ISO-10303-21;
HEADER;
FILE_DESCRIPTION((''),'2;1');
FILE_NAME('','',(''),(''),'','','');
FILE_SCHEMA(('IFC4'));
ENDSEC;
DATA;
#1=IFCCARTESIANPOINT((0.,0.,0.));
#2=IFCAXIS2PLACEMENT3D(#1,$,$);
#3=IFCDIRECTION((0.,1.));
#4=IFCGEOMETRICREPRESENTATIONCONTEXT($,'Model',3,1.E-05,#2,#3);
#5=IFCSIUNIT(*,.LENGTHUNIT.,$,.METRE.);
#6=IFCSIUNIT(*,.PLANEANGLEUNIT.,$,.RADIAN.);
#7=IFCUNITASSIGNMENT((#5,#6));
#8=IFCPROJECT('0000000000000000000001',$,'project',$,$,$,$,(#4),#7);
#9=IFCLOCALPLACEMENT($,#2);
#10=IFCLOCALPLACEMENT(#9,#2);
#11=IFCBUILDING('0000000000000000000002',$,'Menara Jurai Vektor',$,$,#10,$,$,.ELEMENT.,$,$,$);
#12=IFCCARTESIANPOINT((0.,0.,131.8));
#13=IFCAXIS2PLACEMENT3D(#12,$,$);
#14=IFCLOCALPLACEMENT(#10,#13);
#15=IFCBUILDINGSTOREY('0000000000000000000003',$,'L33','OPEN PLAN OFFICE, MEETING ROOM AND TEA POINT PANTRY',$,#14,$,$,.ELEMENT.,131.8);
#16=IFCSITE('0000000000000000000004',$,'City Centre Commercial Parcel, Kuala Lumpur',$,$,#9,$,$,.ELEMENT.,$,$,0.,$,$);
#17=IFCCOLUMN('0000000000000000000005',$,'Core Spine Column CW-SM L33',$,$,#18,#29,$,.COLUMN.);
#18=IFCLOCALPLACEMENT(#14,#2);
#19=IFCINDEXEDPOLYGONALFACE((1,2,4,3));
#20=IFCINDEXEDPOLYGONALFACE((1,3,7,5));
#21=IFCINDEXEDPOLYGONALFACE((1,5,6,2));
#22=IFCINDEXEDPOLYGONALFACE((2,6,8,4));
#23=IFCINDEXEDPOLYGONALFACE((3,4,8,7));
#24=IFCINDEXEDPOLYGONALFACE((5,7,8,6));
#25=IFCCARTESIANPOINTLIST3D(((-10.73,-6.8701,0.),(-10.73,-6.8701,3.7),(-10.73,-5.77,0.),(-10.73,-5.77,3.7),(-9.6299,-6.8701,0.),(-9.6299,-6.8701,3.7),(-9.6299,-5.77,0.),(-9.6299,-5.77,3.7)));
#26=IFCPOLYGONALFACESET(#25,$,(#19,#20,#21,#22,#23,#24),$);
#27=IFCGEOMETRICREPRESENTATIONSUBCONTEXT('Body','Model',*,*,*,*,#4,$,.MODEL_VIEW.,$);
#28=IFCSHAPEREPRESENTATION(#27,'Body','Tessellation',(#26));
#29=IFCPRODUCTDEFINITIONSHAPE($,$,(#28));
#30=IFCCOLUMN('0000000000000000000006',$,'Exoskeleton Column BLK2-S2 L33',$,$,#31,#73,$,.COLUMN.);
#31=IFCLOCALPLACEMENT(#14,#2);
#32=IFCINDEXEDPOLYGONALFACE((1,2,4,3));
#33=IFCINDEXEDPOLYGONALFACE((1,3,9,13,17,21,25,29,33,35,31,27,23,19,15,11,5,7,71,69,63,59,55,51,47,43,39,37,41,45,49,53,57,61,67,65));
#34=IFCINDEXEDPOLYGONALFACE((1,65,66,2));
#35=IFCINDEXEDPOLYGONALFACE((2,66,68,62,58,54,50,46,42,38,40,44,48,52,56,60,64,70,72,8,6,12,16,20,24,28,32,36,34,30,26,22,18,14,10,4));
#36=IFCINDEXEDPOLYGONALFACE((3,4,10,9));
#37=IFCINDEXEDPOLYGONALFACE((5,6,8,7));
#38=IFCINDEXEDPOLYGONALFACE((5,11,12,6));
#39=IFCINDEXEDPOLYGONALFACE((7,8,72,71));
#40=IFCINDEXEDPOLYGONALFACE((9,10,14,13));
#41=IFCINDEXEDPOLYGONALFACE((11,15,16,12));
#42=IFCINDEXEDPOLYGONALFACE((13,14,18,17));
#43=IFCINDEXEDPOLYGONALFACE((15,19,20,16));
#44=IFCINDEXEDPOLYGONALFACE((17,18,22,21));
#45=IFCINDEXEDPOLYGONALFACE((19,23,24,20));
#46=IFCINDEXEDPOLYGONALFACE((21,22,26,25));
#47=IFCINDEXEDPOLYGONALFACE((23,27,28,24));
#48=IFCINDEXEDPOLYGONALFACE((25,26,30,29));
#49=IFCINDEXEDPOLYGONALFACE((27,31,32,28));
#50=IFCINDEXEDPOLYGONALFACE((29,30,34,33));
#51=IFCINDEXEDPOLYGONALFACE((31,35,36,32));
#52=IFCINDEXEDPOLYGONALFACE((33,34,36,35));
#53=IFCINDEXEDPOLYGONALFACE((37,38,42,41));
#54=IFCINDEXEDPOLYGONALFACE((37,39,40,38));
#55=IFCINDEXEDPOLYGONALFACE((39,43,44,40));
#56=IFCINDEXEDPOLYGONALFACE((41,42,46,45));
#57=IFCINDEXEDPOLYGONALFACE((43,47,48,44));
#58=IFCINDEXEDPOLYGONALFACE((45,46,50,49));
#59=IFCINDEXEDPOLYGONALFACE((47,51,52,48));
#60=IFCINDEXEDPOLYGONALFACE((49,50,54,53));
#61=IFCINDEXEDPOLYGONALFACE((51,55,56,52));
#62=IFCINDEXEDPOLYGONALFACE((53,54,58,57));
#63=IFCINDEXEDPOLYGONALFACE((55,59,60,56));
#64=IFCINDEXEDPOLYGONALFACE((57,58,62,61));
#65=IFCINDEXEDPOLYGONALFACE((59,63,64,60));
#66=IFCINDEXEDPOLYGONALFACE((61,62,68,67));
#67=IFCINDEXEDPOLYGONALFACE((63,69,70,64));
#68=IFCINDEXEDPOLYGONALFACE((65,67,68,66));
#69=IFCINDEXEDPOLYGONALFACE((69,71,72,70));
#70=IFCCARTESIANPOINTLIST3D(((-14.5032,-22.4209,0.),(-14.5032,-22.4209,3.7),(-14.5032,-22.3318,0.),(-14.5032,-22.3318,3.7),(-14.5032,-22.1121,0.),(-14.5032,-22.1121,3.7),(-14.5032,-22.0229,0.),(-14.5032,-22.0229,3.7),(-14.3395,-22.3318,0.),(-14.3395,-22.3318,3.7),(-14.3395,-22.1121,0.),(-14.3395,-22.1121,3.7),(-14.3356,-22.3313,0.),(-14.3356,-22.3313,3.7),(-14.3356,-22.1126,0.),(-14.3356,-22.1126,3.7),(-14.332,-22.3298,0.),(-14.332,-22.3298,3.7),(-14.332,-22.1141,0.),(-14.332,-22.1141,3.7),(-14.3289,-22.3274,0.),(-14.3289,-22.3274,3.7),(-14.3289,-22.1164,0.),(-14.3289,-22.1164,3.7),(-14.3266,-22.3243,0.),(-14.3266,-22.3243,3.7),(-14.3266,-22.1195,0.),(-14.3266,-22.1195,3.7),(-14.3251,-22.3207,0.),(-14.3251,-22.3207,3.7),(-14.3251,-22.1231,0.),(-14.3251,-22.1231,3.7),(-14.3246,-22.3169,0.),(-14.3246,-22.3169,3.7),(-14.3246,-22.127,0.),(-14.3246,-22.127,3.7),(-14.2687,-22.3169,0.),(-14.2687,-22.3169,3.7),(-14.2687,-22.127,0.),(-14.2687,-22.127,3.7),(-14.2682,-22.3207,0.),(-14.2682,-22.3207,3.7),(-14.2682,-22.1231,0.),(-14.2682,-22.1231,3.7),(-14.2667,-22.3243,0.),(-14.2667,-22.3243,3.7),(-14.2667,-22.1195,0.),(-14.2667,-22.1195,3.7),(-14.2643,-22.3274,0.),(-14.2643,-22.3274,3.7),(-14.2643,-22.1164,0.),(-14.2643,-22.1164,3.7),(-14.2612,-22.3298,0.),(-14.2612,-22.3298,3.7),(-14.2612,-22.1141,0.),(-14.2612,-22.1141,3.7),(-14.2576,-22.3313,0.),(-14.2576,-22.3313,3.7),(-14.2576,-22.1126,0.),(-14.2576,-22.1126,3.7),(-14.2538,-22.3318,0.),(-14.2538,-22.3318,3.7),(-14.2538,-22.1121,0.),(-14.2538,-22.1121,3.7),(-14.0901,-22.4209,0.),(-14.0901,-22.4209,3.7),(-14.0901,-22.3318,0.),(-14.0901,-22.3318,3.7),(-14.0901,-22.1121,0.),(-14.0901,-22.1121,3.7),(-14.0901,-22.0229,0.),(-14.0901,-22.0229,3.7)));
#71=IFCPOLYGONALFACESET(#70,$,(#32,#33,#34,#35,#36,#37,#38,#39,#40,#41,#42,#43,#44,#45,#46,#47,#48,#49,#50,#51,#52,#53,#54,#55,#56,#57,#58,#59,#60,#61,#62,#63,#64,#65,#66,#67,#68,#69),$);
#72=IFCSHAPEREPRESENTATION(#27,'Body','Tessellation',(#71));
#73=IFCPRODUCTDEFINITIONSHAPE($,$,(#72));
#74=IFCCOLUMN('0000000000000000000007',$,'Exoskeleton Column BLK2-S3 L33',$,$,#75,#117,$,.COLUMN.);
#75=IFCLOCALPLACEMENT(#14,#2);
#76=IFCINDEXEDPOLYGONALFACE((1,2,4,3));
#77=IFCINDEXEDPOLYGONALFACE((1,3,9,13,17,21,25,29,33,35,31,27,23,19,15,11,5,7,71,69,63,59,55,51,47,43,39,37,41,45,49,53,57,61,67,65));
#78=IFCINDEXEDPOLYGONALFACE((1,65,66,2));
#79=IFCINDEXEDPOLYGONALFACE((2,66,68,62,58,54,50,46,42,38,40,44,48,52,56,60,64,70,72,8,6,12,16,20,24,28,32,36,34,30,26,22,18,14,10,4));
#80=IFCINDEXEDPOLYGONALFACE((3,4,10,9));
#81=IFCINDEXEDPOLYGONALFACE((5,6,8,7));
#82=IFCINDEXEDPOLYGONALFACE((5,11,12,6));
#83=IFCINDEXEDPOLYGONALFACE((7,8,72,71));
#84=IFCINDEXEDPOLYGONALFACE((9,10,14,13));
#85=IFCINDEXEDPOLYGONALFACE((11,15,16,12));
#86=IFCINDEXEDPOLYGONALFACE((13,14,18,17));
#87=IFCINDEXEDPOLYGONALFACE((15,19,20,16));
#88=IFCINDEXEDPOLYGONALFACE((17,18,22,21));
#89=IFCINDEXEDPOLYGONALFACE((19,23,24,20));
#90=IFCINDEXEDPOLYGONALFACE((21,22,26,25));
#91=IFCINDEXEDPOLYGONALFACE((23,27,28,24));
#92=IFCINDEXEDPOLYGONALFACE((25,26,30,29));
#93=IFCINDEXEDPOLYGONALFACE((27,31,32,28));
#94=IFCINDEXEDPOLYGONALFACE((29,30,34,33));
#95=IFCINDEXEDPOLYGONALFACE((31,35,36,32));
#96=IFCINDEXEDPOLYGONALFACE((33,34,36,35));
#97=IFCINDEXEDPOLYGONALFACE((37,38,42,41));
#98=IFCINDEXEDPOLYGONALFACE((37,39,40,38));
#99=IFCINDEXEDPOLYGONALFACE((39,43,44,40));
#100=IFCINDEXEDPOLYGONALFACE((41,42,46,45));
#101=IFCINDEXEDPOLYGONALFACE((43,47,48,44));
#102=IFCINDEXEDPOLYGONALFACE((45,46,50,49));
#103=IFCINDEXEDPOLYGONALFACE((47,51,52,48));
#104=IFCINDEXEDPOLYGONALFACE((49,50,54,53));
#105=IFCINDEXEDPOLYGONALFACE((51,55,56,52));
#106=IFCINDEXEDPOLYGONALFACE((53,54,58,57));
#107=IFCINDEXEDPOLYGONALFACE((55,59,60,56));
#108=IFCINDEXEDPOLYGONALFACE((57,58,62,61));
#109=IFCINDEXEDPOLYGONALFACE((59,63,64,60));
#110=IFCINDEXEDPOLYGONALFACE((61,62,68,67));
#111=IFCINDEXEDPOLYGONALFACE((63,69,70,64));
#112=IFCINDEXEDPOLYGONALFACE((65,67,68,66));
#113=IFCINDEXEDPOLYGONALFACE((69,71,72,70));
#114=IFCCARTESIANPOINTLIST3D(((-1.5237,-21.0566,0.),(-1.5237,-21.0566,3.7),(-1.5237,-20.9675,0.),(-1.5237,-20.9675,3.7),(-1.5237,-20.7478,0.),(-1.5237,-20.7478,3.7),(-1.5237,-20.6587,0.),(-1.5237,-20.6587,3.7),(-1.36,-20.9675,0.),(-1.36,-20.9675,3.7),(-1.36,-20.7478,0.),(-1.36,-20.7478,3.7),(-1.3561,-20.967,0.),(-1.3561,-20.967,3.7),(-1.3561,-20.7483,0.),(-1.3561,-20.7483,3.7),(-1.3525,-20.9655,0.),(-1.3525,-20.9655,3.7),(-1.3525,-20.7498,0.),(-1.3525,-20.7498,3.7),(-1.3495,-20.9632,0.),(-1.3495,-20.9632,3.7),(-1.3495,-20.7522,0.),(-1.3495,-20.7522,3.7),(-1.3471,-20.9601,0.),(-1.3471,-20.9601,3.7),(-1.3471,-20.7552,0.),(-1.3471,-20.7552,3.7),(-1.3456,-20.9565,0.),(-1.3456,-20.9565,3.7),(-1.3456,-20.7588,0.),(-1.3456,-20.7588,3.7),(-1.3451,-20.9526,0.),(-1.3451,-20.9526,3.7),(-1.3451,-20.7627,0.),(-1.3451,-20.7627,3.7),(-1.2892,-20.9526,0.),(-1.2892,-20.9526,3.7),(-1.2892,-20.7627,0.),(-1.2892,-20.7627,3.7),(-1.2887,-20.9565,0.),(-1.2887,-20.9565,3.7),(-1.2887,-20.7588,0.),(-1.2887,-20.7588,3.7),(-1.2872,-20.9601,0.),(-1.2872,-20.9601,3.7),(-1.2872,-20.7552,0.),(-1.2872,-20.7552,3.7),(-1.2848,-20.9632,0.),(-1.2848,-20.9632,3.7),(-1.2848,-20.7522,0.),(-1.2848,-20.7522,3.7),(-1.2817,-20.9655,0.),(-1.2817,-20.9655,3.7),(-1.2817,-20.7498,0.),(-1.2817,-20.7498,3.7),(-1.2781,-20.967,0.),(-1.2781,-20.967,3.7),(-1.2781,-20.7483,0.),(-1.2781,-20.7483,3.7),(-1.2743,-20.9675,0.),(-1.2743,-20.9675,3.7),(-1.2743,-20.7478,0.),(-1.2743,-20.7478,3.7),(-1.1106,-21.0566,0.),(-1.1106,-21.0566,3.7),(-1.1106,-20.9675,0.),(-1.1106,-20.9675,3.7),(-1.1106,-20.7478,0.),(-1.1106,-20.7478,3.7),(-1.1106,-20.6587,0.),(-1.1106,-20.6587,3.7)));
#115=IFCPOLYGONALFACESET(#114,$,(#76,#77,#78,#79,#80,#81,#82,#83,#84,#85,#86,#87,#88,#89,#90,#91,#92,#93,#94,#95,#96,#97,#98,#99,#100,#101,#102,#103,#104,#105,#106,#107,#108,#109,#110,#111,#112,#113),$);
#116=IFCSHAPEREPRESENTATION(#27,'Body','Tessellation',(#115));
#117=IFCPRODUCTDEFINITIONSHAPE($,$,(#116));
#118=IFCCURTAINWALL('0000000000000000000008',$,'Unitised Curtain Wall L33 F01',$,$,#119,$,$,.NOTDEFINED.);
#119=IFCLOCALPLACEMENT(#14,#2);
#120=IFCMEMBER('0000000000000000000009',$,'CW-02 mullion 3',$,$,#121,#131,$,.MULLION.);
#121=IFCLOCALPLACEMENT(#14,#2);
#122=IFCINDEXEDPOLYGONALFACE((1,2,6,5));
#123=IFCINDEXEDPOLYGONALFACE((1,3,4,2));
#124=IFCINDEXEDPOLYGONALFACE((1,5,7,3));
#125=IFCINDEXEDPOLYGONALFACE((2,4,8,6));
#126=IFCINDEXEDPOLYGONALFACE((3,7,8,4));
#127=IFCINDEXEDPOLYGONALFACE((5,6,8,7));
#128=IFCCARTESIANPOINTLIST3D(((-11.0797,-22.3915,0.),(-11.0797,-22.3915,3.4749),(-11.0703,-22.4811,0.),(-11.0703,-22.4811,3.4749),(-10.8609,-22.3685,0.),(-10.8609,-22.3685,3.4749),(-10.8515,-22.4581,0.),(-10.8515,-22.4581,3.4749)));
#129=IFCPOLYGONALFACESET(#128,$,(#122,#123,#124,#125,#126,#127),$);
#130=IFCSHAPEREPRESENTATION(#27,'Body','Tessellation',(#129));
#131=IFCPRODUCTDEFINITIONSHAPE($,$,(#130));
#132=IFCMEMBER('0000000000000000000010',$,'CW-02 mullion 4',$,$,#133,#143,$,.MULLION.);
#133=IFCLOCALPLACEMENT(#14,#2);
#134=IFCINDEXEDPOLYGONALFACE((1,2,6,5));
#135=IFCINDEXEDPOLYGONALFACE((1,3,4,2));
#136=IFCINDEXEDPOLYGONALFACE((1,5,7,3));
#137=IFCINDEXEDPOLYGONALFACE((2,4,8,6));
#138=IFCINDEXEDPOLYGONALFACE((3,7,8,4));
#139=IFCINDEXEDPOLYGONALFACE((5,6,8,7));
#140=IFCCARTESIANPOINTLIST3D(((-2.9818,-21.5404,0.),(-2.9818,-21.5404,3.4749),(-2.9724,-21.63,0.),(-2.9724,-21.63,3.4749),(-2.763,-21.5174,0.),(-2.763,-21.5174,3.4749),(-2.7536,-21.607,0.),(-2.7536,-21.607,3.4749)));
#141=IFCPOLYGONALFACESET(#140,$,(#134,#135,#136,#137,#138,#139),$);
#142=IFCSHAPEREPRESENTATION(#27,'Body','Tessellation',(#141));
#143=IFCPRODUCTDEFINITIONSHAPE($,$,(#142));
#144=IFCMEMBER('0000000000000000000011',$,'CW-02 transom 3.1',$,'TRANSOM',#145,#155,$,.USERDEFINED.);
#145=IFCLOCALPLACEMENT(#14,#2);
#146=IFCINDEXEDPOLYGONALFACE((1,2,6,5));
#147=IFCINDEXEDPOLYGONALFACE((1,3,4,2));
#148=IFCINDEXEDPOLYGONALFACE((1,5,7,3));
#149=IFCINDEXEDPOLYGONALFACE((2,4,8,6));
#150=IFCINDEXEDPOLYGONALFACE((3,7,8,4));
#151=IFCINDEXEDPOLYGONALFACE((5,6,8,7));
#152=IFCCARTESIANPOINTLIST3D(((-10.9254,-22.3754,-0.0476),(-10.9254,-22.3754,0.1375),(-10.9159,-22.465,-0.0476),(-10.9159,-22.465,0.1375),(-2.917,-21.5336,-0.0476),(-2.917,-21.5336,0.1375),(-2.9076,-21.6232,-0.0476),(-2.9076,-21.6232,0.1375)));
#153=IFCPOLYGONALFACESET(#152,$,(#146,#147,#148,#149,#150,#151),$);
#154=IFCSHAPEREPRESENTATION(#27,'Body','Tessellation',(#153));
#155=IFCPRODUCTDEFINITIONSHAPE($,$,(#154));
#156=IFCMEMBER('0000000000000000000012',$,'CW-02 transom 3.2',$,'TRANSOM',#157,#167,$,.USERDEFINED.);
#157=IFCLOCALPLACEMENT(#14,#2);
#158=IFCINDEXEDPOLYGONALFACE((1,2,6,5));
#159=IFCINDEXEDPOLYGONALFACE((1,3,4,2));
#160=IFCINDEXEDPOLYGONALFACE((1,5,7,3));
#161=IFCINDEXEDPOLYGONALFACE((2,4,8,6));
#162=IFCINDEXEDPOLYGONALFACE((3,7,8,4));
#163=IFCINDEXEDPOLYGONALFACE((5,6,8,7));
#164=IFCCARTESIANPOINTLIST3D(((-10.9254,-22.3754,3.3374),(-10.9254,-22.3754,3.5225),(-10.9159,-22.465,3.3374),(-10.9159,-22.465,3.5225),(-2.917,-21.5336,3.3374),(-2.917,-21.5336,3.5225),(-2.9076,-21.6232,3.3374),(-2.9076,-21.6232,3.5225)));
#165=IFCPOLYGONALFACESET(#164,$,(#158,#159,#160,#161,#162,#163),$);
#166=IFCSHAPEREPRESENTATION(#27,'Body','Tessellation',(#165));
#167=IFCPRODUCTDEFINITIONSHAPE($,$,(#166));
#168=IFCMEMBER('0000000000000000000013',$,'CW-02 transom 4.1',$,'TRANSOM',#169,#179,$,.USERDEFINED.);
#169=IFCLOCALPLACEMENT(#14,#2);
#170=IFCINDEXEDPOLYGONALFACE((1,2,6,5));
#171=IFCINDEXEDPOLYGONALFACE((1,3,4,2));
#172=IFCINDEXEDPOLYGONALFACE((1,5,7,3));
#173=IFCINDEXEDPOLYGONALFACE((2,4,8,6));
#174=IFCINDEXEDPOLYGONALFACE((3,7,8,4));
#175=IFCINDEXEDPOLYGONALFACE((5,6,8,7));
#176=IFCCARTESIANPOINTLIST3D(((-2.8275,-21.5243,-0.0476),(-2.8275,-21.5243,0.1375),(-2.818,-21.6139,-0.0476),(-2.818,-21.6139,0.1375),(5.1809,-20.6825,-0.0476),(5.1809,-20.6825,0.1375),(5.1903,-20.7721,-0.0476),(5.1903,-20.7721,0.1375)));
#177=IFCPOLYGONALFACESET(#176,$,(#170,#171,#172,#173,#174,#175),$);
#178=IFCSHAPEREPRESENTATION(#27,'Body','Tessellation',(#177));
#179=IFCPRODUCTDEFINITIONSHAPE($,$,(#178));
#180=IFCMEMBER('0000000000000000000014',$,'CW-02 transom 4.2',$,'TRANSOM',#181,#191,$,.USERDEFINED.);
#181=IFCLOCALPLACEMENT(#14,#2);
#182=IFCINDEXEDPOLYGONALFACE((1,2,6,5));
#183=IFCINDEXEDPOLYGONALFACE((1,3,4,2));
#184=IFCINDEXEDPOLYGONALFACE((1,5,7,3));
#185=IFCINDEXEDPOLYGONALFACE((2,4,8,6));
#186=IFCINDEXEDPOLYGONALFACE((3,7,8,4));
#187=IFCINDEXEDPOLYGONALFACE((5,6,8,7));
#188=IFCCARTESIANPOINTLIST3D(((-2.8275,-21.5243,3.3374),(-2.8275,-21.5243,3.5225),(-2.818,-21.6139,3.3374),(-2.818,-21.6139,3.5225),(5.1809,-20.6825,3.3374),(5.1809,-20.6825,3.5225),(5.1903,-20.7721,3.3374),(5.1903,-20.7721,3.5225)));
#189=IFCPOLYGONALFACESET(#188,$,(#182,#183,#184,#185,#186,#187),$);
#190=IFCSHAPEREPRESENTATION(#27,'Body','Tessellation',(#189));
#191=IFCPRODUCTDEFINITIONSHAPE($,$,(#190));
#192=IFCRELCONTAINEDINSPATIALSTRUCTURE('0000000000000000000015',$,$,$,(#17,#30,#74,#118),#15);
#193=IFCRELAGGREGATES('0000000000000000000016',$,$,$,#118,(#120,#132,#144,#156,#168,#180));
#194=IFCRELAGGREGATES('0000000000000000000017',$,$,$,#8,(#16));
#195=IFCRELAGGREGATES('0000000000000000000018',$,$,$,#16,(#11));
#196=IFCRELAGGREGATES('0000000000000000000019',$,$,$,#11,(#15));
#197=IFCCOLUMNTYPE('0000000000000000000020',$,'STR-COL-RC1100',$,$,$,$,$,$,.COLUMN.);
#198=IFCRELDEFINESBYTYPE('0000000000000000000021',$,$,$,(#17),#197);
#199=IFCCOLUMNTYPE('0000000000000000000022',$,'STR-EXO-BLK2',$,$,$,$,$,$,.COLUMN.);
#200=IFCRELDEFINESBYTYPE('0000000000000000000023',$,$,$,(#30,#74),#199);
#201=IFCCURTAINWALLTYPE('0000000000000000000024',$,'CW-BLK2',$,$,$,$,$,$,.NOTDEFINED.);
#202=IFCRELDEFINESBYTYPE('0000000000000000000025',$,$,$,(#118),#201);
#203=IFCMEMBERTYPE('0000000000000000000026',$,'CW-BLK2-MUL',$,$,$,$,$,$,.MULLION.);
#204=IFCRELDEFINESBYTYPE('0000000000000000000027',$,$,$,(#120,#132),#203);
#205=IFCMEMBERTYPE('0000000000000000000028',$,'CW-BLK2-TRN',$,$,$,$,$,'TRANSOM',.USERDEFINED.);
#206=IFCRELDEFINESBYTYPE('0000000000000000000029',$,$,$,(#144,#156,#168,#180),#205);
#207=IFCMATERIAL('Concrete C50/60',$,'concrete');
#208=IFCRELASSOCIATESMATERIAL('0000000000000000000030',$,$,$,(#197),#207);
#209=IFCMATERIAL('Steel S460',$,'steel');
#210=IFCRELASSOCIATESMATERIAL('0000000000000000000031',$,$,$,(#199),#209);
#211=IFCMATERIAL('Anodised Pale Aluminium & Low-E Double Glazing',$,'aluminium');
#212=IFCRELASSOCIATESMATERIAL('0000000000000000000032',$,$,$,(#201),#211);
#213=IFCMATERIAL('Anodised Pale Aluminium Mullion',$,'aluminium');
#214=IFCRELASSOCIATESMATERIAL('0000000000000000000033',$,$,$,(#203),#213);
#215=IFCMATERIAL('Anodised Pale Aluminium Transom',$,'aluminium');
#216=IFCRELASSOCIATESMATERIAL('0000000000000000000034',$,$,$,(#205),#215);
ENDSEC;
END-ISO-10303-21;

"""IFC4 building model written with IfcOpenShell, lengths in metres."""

from ifc_helpers import new_model, si_unit, direction, frame, origin, origin_2d, place, context, subcontext, project, spatial, rectangle, i_section, extrude, material, material_profile, profile_set, type_object, element, aggregate, save


model = new_model("IFC4")

# Units and contexts
model_context = context("Model", 3, precision=1e-05, world=origin(), true_north=direction((0.0, 1.0)))
body_context = subcontext(model_context, "Body", "Model", "MODEL_VIEW")
ifc_project = project(units=[si_unit("LENGTHUNIT", "METRE"), si_unit("PLANEANGLEUNIT", "RADIAN")], contexts=[model_context])

# Site, building, storey
site_placement = place(None, origin())
site = spatial("IfcSite", under=ifc_project, at=site_placement, Name="City Centre Commercial Parcel, Kuala Lumpur", CompositionType="ELEMENT", RefElevation=0.0)
building_placement = place(site_placement, origin())
building = spatial("IfcBuilding", under=site, at=building_placement, Name="Menara Jurai Vektor", CompositionType="ELEMENT")
storey_placement = place(building_placement, frame((0.0, 0.0, 131.8)))
storey = spatial("IfcBuildingStorey", under=building, at=storey_placement, Name="L33", Description="OPEN PLAN OFFICE, MEETING ROOM AND TEA POINT PANTRY", CompositionType="ELEMENT", Elevation=131.8)

# Columns
ifc_material_1 = material(Name="Concrete C50/60", Category="concrete")
ifc_material_profile_1 = material_profile(ifc_material_1, rectangle(XDim=1.1001, YDim=1.1001, at=origin_2d()), Name="RC 1100x1100")
ifc_profile_set_1 = profile_set([ifc_material_profile_1], Name="Concrete C50/60")
column_type_1 = type_object("IfcColumnType", Name="STR-COL-RC1100", PredefinedType="COLUMN", material=ifc_profile_set_1)
column_placement = place(storey_placement, frame((-10.1799, -6.3201, 0.0), z_axis=(0.0, 0.0, 1.0), x_axis=(1.0, 0.0, 0.0)))
element("IfcColumn", 1, at=column_placement, inside=storey, type_object=column_type_1, Name="Core Spine Column CW-SM L33", PredefinedType="COLUMN", context=body_context, shape_type="SweptSolid", body=[
    extrude(rectangle(XDim=1.1001, YDim=1.1001, at=origin_2d()), origin(), (0.0, 0.0, 1.0), 3.7),
])
ifc_material_2 = material(Name="Steel S460", Category="steel")
ifc_material_profile_2 = material_profile(ifc_material_2, i_section(OverallWidth=0.4131, OverallDepth=0.3979, WebThickness=0.0559, FlangeThickness=0.0891, FilletRadius=0.0149, at=origin_2d()), Name="HD 400x744")
ifc_profile_set_2 = profile_set([ifc_material_profile_2], Name="Steel S460")
column_type_2 = type_object("IfcColumnType", Name="STR-EXO-BLK2", PredefinedType="COLUMN", material=ifc_profile_set_2)
for number, where, z_axis, x_axis, name in (
    (2, (-14.2966, -22.2219, 0.0), (0.0, 0.0, 1.0), (1.0, 0.0, 0.0), "Exoskeleton Column BLK2-S2 L33"),
    (3, (-1.3171, -20.8577, 0.0), (0.0, 0.0, 1.0), (1.0, 0.0, 0.0), "Exoskeleton Column BLK2-S3 L33"),
):
    element("IfcColumn", number, at=place(storey_placement, frame(where, z_axis=z_axis, x_axis=x_axis)), inside=storey, type_object=column_type_2, Name=name, PredefinedType="COLUMN", context=body_context, shape_type="SweptSolid", body=[
        extrude(i_section(OverallWidth=0.4131, OverallDepth=0.3979, WebThickness=0.0559, FlangeThickness=0.0891, FilletRadius=0.0149, at=origin_2d()), origin(), (0.0, 0.0, 1.0), 3.7),
    ])

# Curtain wall, members
ifc_material_3 = material(Name="Anodised Pale Aluminium & Low-E Double Glazing", Category="aluminium")
curtain_wall_type = type_object("IfcCurtainWallType", Name="CW-BLK2", PredefinedType="NOTDEFINED", material=ifc_material_3)
curtain_wall_placement = place(storey_placement, origin())
curtain_wall = element("IfcCurtainWall", 4, at=curtain_wall_placement, inside=storey, type_object=curtain_wall_type, Name="Unitised Curtain Wall L33 F01", PredefinedType="NOTDEFINED")
ifc_material_4 = material(Name="Anodised Pale Aluminium Mullion", Category="aluminium")
ifc_material_profile_3 = material_profile(ifc_material_4, rectangle(XDim=0.0901, YDim=0.22, at=origin_2d()), Name="ALU MUL 90x220")
ifc_profile_set_3 = profile_set([ifc_material_profile_3], Name="Anodised Pale Aluminium Mullion")
member_type_1 = type_object("IfcMemberType", Name="CW-BLK2-MUL", PredefinedType="MULLION", material=ifc_profile_set_3)
member_1_placement = place(storey_placement, frame((-10.9656, -22.4248, 0.0), z_axis=(0.0, 0.0, 1.0), x_axis=(-0.104529, 0.994522, 0.0)))
member_1 = element("IfcMember", 5, at=member_1_placement, type_object=member_type_1, Name="CW-02 mullion 3", PredefinedType="MULLION", context=body_context, shape_type="SweptSolid", body=[
    extrude(rectangle(XDim=0.0901, YDim=0.22, at=origin_2d()), origin(), (0.0, 0.0, 1.0), 3.4749),
])
member_2_placement = place(storey_placement, frame((-2.8677, -21.5737, 0.0), z_axis=(0.0, 0.0, 1.0), x_axis=(-0.104529, 0.994522, 0.0)))
member_2 = element("IfcMember", 6, at=member_2_placement, type_object=member_type_1, Name="CW-02 mullion 4", PredefinedType="MULLION", context=body_context, shape_type="SweptSolid", body=[
    extrude(rectangle(XDim=0.0901, YDim=0.22, at=origin_2d()), origin(), (0.0, 0.0, 1.0), 3.4749),
])
ifc_material_5 = material(Name="Anodised Pale Aluminium Transom", Category="aluminium")
ifc_material_profile_4 = material_profile(ifc_material_5, rectangle(XDim=0.0901, YDim=0.1851, at=origin_2d()), Name="ALU TRN 90x185")
ifc_profile_set_4 = profile_set([ifc_material_profile_4], Name="Anodised Pale Aluminium Transom")
member_type_2 = type_object("IfcMemberType", Name="CW-BLK2-TRN", ElementType="TRANSOM", PredefinedType="USERDEFINED", material=ifc_profile_set_4)
member_3_placement = place(storey_placement, frame((-10.9207, -22.4202, 0.0449), z_axis=(0.994521, 0.10454, 0.0), x_axis=(-0.10454, 0.994521, 0.0)))
member_3 = element("IfcMember", 7, at=member_3_placement, type_object=member_type_2, Name="CW-02 transom 3.1", ObjectType="TRANSOM", PredefinedType="USERDEFINED", context=body_context, shape_type="SweptSolid", body=[
    extrude(rectangle(XDim=0.0901, YDim=0.1851, at=origin_2d()), origin(), (0.0, 0.0, 1.0), 8.0525),
])
member_4_placement = place(storey_placement, frame((-10.9207, -22.4202, 3.4299), z_axis=(0.994521, 0.10454, 0.0), x_axis=(-0.10454, 0.994521, 0.0)))
member_4 = element("IfcMember", 8, at=member_4_placement, type_object=member_type_2, Name="CW-02 transom 3.2", ObjectType="TRANSOM", PredefinedType="USERDEFINED", context=body_context, shape_type="SweptSolid", body=[
    extrude(rectangle(XDim=0.0901, YDim=0.1851, at=origin_2d()), origin(), (0.0, 0.0, 1.0), 8.0525),
])
member_5_placement = place(storey_placement, frame((-2.8228, -21.5691, 0.0449), z_axis=(0.994521, 0.10454, 0.0), x_axis=(-0.10454, 0.994521, 0.0)))
member_5 = element("IfcMember", 9, at=member_5_placement, type_object=member_type_2, Name="CW-02 transom 4.1", ObjectType="TRANSOM", PredefinedType="USERDEFINED", context=body_context, shape_type="SweptSolid", body=[
    extrude(rectangle(XDim=0.0901, YDim=0.1851, at=origin_2d()), origin(), (0.0, 0.0, 1.0), 8.0525),
])
member_6_placement = place(storey_placement, frame((-2.8228, -21.5691, 3.4299), z_axis=(0.994521, 0.10454, 0.0), x_axis=(-0.10454, 0.994521, 0.0)))
member_6 = element("IfcMember", 10, at=member_6_placement, type_object=member_type_2, Name="CW-02 transom 4.2", ObjectType="TRANSOM", PredefinedType="USERDEFINED", context=body_context, shape_type="SweptSolid", body=[
    extrude(rectangle(XDim=0.0901, YDim=0.1851, at=origin_2d()), origin(), (0.0, 0.0, 1.0), 8.0525),
])

aggregate(curtain_wall, [member_1, member_2, member_3, member_4, member_5, member_6])

save(model, "model.ifc")
